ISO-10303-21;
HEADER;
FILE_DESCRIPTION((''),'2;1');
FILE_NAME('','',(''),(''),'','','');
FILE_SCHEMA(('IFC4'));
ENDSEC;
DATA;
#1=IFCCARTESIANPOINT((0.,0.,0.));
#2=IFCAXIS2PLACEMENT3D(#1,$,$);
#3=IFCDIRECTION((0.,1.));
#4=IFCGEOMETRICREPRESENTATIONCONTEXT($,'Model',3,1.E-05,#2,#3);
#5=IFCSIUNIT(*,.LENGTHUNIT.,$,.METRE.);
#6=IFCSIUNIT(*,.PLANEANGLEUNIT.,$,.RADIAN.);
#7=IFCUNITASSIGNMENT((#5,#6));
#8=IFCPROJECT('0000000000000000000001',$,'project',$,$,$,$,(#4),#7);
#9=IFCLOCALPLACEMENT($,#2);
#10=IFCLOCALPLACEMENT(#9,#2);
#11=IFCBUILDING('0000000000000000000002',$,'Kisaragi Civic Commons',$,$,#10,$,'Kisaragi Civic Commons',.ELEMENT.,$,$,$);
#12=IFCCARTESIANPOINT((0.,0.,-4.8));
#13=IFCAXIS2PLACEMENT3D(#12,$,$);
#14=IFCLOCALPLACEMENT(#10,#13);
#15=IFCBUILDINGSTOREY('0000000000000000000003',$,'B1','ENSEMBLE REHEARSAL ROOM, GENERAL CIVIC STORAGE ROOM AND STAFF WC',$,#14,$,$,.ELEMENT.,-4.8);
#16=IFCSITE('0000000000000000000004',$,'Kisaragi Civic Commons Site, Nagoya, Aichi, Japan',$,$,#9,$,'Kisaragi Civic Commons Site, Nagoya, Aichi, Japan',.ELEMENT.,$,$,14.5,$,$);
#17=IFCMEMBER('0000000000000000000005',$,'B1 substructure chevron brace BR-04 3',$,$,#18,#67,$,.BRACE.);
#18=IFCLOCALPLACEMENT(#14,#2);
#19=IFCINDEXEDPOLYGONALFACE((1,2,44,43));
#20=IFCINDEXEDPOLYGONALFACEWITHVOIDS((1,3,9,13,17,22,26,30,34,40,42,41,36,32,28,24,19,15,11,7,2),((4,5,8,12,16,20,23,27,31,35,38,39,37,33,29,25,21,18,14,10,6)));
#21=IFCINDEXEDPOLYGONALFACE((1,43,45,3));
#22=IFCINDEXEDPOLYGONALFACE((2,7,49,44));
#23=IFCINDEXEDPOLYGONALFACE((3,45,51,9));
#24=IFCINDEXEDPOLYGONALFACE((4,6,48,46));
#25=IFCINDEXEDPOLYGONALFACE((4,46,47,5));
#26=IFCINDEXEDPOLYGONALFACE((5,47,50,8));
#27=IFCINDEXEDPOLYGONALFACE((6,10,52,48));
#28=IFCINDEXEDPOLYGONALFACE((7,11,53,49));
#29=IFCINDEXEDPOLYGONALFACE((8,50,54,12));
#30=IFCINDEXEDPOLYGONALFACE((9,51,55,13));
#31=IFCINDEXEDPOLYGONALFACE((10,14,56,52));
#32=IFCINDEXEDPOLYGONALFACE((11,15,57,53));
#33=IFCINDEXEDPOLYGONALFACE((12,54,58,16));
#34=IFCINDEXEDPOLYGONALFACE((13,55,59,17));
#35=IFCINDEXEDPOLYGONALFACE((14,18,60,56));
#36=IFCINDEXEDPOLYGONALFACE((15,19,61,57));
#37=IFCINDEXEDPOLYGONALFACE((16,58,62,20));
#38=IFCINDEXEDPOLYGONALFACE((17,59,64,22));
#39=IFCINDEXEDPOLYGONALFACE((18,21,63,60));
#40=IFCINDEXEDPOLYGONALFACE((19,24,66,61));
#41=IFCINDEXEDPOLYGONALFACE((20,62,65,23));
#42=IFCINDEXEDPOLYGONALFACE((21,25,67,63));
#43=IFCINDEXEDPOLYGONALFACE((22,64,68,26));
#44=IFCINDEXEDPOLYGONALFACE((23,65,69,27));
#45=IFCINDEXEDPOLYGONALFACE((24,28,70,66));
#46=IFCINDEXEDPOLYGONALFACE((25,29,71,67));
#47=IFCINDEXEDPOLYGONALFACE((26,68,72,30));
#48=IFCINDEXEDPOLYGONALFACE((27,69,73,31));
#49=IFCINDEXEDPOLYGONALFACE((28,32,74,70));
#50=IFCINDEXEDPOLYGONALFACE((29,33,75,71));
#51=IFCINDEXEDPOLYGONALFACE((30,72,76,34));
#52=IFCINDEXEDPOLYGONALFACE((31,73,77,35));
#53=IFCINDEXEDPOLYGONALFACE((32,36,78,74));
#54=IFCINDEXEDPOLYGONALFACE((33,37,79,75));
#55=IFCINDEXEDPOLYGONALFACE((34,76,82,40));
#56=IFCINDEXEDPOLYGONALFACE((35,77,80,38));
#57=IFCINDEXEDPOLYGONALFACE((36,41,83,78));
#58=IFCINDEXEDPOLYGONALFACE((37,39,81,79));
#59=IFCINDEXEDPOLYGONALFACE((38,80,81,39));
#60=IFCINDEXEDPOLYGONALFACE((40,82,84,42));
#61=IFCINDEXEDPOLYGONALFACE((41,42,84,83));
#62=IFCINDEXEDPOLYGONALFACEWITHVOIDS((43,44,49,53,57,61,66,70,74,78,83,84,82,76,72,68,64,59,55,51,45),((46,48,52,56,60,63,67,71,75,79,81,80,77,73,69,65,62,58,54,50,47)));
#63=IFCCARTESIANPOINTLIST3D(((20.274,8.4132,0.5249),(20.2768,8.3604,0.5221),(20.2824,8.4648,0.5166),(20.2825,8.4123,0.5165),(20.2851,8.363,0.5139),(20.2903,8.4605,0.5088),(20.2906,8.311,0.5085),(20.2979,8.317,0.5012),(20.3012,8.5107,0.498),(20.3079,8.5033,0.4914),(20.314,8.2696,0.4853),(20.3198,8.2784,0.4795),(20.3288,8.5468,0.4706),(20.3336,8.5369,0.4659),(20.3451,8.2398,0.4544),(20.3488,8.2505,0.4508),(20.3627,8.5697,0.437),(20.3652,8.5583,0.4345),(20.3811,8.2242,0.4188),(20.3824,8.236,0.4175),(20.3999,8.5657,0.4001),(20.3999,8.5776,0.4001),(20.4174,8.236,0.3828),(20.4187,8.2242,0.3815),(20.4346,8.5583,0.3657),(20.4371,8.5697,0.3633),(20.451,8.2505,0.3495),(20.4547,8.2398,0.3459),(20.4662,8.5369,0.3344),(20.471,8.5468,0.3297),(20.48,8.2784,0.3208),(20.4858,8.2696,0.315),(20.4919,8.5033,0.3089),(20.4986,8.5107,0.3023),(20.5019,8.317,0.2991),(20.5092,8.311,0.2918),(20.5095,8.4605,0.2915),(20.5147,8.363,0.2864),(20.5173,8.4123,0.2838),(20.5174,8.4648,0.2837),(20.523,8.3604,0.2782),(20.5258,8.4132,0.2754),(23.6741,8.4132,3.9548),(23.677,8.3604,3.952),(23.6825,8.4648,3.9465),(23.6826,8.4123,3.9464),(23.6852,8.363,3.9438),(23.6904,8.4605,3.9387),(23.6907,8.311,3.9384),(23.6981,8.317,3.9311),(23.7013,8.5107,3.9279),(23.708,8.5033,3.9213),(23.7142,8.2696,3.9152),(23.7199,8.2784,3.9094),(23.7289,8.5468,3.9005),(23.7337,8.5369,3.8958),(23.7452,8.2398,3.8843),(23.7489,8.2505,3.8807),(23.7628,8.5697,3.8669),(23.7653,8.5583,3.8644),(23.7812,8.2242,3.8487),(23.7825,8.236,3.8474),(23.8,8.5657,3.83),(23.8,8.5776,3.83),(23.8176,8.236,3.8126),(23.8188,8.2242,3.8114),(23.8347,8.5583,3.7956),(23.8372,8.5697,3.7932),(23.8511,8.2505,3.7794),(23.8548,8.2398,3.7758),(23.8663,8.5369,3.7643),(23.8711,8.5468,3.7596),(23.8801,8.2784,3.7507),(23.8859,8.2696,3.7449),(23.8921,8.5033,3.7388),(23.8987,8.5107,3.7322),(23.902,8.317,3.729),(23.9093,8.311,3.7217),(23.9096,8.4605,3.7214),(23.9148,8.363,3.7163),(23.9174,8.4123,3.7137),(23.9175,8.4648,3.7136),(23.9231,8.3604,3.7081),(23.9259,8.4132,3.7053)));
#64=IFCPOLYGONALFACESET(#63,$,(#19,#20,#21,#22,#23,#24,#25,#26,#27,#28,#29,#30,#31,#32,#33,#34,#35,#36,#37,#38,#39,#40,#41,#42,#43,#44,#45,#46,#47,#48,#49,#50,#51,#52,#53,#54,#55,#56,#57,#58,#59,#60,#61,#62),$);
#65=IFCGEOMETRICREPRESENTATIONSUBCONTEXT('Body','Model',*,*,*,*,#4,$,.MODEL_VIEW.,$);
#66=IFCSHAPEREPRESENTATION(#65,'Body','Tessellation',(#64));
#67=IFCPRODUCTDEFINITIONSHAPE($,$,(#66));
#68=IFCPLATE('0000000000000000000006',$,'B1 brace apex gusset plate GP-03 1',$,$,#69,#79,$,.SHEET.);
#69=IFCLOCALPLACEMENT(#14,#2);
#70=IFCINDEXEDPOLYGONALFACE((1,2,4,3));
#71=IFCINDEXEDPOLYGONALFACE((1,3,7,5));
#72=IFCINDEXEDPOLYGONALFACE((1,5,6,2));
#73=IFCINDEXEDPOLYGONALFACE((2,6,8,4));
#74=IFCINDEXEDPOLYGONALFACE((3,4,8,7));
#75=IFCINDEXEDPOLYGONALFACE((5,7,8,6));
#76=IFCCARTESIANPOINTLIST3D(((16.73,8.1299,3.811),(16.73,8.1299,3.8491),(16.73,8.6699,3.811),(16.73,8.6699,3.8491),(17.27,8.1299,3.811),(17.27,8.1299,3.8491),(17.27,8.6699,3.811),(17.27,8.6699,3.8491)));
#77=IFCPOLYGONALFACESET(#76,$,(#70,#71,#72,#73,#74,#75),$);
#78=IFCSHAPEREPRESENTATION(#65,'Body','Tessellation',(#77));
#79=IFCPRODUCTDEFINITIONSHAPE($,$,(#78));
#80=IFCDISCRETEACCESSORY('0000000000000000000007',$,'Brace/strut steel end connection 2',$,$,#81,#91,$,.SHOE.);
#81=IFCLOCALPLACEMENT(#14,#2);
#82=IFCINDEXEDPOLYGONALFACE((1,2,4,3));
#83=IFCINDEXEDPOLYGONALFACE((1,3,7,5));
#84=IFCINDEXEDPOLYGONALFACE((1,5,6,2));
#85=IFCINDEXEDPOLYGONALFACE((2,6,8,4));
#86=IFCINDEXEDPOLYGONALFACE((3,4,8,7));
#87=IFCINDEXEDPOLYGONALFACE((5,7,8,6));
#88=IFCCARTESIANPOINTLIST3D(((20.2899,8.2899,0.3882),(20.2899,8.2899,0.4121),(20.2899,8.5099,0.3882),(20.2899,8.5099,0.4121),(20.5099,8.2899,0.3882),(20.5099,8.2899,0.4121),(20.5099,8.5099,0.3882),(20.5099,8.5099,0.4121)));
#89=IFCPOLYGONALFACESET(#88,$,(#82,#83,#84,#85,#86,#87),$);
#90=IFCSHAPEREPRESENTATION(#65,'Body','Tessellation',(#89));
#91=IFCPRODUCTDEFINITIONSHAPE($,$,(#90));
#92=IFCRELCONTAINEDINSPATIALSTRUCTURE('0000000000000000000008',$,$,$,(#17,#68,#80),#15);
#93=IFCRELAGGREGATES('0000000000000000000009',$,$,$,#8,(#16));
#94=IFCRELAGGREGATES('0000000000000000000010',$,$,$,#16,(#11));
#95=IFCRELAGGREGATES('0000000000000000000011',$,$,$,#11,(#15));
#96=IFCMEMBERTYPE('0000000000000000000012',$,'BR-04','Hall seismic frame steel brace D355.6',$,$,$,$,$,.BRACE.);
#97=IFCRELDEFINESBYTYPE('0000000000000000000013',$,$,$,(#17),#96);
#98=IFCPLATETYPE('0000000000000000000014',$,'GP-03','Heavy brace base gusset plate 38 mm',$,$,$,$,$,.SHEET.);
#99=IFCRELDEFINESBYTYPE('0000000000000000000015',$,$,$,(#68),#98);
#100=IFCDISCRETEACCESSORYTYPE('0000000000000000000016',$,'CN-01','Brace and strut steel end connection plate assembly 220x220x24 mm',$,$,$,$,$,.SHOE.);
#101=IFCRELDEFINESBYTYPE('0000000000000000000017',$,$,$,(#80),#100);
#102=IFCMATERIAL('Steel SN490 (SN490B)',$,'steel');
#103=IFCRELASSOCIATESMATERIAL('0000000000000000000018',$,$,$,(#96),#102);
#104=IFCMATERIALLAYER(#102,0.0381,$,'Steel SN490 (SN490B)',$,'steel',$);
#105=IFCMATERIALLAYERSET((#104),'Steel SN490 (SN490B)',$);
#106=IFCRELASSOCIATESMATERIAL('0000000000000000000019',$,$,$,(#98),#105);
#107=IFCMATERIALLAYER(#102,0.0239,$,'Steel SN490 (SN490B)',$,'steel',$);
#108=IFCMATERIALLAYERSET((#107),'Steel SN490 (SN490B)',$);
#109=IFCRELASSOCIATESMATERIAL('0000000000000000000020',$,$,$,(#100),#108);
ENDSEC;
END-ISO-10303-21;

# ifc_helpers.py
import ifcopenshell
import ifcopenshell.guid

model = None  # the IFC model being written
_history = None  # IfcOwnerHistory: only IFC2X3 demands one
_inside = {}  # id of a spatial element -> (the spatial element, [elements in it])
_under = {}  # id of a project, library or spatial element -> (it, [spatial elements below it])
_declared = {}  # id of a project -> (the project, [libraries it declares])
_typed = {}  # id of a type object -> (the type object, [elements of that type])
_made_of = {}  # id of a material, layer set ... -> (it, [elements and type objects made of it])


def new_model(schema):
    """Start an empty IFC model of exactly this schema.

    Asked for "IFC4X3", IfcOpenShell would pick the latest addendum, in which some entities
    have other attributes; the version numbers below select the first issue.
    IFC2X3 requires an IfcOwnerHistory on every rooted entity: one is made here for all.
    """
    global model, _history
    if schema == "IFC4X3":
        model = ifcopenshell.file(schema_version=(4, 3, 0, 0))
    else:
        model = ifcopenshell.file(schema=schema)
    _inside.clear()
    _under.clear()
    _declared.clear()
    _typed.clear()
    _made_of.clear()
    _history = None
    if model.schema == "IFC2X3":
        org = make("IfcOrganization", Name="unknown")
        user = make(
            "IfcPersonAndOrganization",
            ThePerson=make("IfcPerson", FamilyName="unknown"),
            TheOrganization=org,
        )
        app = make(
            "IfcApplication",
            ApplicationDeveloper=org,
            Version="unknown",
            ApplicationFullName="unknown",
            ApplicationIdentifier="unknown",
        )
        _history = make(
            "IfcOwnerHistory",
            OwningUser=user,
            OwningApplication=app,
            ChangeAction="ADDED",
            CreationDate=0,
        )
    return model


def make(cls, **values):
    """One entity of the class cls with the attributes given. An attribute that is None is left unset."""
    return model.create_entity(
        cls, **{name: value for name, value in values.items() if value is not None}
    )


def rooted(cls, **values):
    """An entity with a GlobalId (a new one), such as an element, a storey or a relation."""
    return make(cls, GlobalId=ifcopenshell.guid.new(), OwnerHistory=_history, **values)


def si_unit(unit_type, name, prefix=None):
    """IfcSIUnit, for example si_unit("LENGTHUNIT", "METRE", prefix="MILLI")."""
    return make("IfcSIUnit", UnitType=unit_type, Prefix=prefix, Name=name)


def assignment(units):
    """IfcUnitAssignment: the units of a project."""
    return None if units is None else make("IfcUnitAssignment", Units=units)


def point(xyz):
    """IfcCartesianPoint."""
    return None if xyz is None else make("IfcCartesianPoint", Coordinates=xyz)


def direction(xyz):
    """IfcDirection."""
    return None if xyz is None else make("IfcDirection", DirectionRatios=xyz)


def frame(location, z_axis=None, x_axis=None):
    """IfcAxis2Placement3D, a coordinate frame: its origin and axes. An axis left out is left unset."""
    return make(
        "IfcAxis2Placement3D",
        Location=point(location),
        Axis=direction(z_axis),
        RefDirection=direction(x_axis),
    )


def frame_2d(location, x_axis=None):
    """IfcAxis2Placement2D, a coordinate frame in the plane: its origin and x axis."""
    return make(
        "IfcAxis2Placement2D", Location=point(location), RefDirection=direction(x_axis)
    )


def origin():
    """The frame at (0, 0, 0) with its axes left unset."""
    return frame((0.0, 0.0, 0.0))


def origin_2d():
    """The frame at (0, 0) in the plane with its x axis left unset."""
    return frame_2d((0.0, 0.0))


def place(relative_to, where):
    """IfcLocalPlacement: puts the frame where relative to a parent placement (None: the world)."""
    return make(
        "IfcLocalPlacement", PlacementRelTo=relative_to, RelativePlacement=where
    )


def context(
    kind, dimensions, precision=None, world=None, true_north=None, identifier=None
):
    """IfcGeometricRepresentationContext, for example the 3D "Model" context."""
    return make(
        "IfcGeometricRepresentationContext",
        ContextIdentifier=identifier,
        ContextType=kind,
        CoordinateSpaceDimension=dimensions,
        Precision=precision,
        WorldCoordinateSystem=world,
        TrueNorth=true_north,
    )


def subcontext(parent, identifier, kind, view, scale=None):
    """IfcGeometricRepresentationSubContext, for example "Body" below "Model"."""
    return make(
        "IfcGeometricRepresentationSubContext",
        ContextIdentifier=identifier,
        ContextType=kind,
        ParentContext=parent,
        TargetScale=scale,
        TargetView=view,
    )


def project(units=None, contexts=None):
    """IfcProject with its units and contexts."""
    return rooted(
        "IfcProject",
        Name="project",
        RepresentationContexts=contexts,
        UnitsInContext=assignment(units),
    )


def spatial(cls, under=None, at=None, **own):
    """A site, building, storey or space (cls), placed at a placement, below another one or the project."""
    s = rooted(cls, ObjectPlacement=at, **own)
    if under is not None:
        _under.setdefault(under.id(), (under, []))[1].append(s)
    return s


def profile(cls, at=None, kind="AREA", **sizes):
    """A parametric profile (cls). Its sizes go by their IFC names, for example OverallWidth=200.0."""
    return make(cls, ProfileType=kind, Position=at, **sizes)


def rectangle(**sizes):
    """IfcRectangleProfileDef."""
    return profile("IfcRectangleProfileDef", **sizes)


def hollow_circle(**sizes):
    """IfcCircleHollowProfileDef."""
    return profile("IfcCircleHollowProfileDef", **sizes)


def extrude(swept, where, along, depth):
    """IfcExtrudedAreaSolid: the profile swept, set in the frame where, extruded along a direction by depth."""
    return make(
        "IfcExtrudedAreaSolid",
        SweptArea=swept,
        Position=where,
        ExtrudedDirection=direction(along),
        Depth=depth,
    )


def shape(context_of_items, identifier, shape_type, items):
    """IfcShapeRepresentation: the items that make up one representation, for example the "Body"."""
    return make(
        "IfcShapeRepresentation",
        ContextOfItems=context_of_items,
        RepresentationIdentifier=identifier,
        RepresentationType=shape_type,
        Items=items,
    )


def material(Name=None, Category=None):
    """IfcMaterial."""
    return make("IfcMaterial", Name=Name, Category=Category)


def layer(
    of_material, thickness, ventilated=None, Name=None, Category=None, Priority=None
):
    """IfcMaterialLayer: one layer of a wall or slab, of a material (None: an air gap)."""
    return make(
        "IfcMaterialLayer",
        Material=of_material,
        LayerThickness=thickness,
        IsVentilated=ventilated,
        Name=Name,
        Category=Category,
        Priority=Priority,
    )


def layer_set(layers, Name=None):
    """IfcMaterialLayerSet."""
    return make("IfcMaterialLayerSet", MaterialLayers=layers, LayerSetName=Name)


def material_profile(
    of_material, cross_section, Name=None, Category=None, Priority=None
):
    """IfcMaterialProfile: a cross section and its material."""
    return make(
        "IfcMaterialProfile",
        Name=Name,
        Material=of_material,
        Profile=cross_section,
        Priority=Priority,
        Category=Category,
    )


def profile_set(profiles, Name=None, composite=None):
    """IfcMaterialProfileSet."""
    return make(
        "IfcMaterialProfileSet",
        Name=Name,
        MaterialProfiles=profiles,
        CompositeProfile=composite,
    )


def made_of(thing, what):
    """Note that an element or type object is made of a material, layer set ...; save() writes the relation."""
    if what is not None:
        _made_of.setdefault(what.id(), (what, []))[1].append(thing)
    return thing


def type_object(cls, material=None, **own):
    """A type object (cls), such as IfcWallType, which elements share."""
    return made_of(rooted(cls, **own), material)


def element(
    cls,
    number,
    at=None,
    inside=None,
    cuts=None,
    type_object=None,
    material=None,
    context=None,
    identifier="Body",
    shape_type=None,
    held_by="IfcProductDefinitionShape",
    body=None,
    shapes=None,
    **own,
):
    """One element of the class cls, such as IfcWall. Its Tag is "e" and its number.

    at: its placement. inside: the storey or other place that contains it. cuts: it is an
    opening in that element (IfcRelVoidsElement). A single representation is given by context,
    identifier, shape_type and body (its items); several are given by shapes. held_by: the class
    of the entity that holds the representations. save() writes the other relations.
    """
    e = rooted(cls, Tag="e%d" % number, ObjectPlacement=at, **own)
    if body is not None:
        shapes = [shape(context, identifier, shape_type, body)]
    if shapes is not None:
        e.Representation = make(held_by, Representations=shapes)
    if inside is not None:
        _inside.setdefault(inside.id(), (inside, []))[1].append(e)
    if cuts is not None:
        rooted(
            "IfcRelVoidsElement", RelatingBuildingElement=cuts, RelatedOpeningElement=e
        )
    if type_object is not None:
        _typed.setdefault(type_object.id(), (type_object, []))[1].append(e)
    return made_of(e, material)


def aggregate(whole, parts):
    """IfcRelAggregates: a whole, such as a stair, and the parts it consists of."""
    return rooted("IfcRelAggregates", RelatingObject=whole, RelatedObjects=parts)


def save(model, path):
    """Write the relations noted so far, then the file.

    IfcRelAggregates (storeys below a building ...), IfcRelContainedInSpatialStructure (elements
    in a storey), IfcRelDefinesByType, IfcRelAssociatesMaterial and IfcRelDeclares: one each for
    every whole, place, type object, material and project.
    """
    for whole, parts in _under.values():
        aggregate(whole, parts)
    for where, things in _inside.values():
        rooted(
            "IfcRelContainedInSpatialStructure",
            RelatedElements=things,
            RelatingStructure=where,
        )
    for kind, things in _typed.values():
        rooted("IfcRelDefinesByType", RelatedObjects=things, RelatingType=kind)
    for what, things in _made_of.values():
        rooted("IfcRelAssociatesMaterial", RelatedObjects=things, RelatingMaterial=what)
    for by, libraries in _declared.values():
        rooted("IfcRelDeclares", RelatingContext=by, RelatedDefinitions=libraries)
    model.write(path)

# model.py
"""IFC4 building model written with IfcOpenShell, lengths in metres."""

from ifc_helpers import new_model, si_unit, direction, frame, origin, origin_2d, place, context, subcontext, project, spatial, rectangle, hollow_circle, extrude, material, layer, layer_set, material_profile, profile_set, type_object, element, save


model = new_model("IFC4")

# Units and contexts
model_context = context("Model", 3, precision=1e-05, world=origin(), true_north=direction((0.0, 1.0)))
body_context = subcontext(model_context, "Body", "Model", "MODEL_VIEW")
ifc_project = project(units=[si_unit("LENGTHUNIT", "METRE"), si_unit("PLANEANGLEUNIT", "RADIAN")], contexts=[model_context])

# Site, building, storey
site_placement = place(None, origin())
site = spatial("IfcSite", under=ifc_project, at=site_placement, Name="Kisaragi Civic Commons Site, Nagoya, Aichi, Japan", LongName="Kisaragi Civic Commons Site, Nagoya, Aichi, Japan", CompositionType="ELEMENT", RefElevation=14.5)
building_placement = place(site_placement, origin())
building = spatial("IfcBuilding", under=site, at=building_placement, Name="Kisaragi Civic Commons", LongName="Kisaragi Civic Commons", CompositionType="ELEMENT")
storey_placement = place(building_placement, frame((0.0, 0.0, -4.8)))
storey = spatial("IfcBuildingStorey", under=building, at=storey_placement, Name="B1", Description="ENSEMBLE REHEARSAL ROOM, GENERAL CIVIC STORAGE ROOM AND STAFF WC", CompositionType="ELEMENT", Elevation=-4.8)

# Member
ifc_material_1 = material(Name="Steel SN490 (SN490B)", Category="steel")
ifc_material_profile_1 = material_profile(ifc_material_1, hollow_circle(Radius=0.1777, WallThickness=0.012, at=origin_2d()), Name="CHS-355.6x12.0", Category="steel")
ifc_profile_set_1 = profile_set([ifc_material_profile_1], Name="Steel SN490 (SN490B)")
member_type = type_object("IfcMemberType", Name="BR-04", Description="Hall seismic frame steel brace D355.6", PredefinedType="BRACE", material=ifc_profile_set_1)
for number, where, z_axis, x_axis, name in (
    (1, (20.3999, 8.3999, 0.4001), (0.704016, 0.0, 0.710184), (0.0, 1.0, 0.0), "B1 substructure chevron brace BR-04 3"),
):
    element("IfcMember", number, at=place(storey_placement, frame(where, z_axis=z_axis, x_axis=x_axis)), inside=storey, type_object=member_type, Name=name, PredefinedType="BRACE", context=body_context, shape_type="SweptSolid", body=[
        extrude(hollow_circle(Radius=0.1777, WallThickness=0.012, at=origin_2d()), origin(), (0.0, 0.0, 1.0), 4.8296),
    ])

# Plate
ifc_layer_1 = layer(ifc_material_1, 0.0381, Name="Steel SN490 (SN490B)", Category="steel")
ifc_layer_set_1 = layer_set([ifc_layer_1], Name="Steel SN490 (SN490B)")
plate_type = type_object("IfcPlateType", Name="GP-03", Description="Heavy brace base gusset plate 38 mm", PredefinedType="SHEET", material=ifc_layer_set_1)
plate_placement = place(storey_placement, frame((17.0, 8.3999, 3.811), z_axis=(0.0, 0.0, 1.0), x_axis=(1.0, 0.0, 0.0)))
element("IfcPlate", 2, at=plate_placement, inside=storey, type_object=plate_type, Name="B1 brace apex gusset plate GP-03 1", PredefinedType="SHEET", context=body_context, shape_type="SweptSolid", body=[
    extrude(rectangle(XDim=0.54, YDim=0.54, at=origin_2d()), origin(), (0.0, 0.0, 1.0), 0.0381),
])

# Discrete accessory
ifc_layer_2 = layer(ifc_material_1, 0.0239, Name="Steel SN490 (SN490B)", Category="steel")
ifc_layer_set_2 = layer_set([ifc_layer_2], Name="Steel SN490 (SN490B)")
discrete_accessory_type = type_object("IfcDiscreteAccessoryType", Name="CN-01", Description="Brace and strut steel end connection plate assembly 220x220x24 mm", PredefinedType="SHOE", material=ifc_layer_set_2)
discrete_accessory_placement = place(storey_placement, frame((20.3999, 8.3999, 0.3882), z_axis=(0.0, 0.0, 1.0), x_axis=(1.0, 0.0, 0.0)))
element("IfcDiscreteAccessory", 3, at=discrete_accessory_placement, inside=storey, type_object=discrete_accessory_type, Name="Brace/strut steel end connection 2", PredefinedType="SHOE", context=body_context, shape_type="SweptSolid", body=[
    extrude(rectangle(XDim=0.22, YDim=0.22, at=origin_2d()), origin(), (0.0, 0.0, 1.0), 0.0239),
])

save(model, "model.ifc")
